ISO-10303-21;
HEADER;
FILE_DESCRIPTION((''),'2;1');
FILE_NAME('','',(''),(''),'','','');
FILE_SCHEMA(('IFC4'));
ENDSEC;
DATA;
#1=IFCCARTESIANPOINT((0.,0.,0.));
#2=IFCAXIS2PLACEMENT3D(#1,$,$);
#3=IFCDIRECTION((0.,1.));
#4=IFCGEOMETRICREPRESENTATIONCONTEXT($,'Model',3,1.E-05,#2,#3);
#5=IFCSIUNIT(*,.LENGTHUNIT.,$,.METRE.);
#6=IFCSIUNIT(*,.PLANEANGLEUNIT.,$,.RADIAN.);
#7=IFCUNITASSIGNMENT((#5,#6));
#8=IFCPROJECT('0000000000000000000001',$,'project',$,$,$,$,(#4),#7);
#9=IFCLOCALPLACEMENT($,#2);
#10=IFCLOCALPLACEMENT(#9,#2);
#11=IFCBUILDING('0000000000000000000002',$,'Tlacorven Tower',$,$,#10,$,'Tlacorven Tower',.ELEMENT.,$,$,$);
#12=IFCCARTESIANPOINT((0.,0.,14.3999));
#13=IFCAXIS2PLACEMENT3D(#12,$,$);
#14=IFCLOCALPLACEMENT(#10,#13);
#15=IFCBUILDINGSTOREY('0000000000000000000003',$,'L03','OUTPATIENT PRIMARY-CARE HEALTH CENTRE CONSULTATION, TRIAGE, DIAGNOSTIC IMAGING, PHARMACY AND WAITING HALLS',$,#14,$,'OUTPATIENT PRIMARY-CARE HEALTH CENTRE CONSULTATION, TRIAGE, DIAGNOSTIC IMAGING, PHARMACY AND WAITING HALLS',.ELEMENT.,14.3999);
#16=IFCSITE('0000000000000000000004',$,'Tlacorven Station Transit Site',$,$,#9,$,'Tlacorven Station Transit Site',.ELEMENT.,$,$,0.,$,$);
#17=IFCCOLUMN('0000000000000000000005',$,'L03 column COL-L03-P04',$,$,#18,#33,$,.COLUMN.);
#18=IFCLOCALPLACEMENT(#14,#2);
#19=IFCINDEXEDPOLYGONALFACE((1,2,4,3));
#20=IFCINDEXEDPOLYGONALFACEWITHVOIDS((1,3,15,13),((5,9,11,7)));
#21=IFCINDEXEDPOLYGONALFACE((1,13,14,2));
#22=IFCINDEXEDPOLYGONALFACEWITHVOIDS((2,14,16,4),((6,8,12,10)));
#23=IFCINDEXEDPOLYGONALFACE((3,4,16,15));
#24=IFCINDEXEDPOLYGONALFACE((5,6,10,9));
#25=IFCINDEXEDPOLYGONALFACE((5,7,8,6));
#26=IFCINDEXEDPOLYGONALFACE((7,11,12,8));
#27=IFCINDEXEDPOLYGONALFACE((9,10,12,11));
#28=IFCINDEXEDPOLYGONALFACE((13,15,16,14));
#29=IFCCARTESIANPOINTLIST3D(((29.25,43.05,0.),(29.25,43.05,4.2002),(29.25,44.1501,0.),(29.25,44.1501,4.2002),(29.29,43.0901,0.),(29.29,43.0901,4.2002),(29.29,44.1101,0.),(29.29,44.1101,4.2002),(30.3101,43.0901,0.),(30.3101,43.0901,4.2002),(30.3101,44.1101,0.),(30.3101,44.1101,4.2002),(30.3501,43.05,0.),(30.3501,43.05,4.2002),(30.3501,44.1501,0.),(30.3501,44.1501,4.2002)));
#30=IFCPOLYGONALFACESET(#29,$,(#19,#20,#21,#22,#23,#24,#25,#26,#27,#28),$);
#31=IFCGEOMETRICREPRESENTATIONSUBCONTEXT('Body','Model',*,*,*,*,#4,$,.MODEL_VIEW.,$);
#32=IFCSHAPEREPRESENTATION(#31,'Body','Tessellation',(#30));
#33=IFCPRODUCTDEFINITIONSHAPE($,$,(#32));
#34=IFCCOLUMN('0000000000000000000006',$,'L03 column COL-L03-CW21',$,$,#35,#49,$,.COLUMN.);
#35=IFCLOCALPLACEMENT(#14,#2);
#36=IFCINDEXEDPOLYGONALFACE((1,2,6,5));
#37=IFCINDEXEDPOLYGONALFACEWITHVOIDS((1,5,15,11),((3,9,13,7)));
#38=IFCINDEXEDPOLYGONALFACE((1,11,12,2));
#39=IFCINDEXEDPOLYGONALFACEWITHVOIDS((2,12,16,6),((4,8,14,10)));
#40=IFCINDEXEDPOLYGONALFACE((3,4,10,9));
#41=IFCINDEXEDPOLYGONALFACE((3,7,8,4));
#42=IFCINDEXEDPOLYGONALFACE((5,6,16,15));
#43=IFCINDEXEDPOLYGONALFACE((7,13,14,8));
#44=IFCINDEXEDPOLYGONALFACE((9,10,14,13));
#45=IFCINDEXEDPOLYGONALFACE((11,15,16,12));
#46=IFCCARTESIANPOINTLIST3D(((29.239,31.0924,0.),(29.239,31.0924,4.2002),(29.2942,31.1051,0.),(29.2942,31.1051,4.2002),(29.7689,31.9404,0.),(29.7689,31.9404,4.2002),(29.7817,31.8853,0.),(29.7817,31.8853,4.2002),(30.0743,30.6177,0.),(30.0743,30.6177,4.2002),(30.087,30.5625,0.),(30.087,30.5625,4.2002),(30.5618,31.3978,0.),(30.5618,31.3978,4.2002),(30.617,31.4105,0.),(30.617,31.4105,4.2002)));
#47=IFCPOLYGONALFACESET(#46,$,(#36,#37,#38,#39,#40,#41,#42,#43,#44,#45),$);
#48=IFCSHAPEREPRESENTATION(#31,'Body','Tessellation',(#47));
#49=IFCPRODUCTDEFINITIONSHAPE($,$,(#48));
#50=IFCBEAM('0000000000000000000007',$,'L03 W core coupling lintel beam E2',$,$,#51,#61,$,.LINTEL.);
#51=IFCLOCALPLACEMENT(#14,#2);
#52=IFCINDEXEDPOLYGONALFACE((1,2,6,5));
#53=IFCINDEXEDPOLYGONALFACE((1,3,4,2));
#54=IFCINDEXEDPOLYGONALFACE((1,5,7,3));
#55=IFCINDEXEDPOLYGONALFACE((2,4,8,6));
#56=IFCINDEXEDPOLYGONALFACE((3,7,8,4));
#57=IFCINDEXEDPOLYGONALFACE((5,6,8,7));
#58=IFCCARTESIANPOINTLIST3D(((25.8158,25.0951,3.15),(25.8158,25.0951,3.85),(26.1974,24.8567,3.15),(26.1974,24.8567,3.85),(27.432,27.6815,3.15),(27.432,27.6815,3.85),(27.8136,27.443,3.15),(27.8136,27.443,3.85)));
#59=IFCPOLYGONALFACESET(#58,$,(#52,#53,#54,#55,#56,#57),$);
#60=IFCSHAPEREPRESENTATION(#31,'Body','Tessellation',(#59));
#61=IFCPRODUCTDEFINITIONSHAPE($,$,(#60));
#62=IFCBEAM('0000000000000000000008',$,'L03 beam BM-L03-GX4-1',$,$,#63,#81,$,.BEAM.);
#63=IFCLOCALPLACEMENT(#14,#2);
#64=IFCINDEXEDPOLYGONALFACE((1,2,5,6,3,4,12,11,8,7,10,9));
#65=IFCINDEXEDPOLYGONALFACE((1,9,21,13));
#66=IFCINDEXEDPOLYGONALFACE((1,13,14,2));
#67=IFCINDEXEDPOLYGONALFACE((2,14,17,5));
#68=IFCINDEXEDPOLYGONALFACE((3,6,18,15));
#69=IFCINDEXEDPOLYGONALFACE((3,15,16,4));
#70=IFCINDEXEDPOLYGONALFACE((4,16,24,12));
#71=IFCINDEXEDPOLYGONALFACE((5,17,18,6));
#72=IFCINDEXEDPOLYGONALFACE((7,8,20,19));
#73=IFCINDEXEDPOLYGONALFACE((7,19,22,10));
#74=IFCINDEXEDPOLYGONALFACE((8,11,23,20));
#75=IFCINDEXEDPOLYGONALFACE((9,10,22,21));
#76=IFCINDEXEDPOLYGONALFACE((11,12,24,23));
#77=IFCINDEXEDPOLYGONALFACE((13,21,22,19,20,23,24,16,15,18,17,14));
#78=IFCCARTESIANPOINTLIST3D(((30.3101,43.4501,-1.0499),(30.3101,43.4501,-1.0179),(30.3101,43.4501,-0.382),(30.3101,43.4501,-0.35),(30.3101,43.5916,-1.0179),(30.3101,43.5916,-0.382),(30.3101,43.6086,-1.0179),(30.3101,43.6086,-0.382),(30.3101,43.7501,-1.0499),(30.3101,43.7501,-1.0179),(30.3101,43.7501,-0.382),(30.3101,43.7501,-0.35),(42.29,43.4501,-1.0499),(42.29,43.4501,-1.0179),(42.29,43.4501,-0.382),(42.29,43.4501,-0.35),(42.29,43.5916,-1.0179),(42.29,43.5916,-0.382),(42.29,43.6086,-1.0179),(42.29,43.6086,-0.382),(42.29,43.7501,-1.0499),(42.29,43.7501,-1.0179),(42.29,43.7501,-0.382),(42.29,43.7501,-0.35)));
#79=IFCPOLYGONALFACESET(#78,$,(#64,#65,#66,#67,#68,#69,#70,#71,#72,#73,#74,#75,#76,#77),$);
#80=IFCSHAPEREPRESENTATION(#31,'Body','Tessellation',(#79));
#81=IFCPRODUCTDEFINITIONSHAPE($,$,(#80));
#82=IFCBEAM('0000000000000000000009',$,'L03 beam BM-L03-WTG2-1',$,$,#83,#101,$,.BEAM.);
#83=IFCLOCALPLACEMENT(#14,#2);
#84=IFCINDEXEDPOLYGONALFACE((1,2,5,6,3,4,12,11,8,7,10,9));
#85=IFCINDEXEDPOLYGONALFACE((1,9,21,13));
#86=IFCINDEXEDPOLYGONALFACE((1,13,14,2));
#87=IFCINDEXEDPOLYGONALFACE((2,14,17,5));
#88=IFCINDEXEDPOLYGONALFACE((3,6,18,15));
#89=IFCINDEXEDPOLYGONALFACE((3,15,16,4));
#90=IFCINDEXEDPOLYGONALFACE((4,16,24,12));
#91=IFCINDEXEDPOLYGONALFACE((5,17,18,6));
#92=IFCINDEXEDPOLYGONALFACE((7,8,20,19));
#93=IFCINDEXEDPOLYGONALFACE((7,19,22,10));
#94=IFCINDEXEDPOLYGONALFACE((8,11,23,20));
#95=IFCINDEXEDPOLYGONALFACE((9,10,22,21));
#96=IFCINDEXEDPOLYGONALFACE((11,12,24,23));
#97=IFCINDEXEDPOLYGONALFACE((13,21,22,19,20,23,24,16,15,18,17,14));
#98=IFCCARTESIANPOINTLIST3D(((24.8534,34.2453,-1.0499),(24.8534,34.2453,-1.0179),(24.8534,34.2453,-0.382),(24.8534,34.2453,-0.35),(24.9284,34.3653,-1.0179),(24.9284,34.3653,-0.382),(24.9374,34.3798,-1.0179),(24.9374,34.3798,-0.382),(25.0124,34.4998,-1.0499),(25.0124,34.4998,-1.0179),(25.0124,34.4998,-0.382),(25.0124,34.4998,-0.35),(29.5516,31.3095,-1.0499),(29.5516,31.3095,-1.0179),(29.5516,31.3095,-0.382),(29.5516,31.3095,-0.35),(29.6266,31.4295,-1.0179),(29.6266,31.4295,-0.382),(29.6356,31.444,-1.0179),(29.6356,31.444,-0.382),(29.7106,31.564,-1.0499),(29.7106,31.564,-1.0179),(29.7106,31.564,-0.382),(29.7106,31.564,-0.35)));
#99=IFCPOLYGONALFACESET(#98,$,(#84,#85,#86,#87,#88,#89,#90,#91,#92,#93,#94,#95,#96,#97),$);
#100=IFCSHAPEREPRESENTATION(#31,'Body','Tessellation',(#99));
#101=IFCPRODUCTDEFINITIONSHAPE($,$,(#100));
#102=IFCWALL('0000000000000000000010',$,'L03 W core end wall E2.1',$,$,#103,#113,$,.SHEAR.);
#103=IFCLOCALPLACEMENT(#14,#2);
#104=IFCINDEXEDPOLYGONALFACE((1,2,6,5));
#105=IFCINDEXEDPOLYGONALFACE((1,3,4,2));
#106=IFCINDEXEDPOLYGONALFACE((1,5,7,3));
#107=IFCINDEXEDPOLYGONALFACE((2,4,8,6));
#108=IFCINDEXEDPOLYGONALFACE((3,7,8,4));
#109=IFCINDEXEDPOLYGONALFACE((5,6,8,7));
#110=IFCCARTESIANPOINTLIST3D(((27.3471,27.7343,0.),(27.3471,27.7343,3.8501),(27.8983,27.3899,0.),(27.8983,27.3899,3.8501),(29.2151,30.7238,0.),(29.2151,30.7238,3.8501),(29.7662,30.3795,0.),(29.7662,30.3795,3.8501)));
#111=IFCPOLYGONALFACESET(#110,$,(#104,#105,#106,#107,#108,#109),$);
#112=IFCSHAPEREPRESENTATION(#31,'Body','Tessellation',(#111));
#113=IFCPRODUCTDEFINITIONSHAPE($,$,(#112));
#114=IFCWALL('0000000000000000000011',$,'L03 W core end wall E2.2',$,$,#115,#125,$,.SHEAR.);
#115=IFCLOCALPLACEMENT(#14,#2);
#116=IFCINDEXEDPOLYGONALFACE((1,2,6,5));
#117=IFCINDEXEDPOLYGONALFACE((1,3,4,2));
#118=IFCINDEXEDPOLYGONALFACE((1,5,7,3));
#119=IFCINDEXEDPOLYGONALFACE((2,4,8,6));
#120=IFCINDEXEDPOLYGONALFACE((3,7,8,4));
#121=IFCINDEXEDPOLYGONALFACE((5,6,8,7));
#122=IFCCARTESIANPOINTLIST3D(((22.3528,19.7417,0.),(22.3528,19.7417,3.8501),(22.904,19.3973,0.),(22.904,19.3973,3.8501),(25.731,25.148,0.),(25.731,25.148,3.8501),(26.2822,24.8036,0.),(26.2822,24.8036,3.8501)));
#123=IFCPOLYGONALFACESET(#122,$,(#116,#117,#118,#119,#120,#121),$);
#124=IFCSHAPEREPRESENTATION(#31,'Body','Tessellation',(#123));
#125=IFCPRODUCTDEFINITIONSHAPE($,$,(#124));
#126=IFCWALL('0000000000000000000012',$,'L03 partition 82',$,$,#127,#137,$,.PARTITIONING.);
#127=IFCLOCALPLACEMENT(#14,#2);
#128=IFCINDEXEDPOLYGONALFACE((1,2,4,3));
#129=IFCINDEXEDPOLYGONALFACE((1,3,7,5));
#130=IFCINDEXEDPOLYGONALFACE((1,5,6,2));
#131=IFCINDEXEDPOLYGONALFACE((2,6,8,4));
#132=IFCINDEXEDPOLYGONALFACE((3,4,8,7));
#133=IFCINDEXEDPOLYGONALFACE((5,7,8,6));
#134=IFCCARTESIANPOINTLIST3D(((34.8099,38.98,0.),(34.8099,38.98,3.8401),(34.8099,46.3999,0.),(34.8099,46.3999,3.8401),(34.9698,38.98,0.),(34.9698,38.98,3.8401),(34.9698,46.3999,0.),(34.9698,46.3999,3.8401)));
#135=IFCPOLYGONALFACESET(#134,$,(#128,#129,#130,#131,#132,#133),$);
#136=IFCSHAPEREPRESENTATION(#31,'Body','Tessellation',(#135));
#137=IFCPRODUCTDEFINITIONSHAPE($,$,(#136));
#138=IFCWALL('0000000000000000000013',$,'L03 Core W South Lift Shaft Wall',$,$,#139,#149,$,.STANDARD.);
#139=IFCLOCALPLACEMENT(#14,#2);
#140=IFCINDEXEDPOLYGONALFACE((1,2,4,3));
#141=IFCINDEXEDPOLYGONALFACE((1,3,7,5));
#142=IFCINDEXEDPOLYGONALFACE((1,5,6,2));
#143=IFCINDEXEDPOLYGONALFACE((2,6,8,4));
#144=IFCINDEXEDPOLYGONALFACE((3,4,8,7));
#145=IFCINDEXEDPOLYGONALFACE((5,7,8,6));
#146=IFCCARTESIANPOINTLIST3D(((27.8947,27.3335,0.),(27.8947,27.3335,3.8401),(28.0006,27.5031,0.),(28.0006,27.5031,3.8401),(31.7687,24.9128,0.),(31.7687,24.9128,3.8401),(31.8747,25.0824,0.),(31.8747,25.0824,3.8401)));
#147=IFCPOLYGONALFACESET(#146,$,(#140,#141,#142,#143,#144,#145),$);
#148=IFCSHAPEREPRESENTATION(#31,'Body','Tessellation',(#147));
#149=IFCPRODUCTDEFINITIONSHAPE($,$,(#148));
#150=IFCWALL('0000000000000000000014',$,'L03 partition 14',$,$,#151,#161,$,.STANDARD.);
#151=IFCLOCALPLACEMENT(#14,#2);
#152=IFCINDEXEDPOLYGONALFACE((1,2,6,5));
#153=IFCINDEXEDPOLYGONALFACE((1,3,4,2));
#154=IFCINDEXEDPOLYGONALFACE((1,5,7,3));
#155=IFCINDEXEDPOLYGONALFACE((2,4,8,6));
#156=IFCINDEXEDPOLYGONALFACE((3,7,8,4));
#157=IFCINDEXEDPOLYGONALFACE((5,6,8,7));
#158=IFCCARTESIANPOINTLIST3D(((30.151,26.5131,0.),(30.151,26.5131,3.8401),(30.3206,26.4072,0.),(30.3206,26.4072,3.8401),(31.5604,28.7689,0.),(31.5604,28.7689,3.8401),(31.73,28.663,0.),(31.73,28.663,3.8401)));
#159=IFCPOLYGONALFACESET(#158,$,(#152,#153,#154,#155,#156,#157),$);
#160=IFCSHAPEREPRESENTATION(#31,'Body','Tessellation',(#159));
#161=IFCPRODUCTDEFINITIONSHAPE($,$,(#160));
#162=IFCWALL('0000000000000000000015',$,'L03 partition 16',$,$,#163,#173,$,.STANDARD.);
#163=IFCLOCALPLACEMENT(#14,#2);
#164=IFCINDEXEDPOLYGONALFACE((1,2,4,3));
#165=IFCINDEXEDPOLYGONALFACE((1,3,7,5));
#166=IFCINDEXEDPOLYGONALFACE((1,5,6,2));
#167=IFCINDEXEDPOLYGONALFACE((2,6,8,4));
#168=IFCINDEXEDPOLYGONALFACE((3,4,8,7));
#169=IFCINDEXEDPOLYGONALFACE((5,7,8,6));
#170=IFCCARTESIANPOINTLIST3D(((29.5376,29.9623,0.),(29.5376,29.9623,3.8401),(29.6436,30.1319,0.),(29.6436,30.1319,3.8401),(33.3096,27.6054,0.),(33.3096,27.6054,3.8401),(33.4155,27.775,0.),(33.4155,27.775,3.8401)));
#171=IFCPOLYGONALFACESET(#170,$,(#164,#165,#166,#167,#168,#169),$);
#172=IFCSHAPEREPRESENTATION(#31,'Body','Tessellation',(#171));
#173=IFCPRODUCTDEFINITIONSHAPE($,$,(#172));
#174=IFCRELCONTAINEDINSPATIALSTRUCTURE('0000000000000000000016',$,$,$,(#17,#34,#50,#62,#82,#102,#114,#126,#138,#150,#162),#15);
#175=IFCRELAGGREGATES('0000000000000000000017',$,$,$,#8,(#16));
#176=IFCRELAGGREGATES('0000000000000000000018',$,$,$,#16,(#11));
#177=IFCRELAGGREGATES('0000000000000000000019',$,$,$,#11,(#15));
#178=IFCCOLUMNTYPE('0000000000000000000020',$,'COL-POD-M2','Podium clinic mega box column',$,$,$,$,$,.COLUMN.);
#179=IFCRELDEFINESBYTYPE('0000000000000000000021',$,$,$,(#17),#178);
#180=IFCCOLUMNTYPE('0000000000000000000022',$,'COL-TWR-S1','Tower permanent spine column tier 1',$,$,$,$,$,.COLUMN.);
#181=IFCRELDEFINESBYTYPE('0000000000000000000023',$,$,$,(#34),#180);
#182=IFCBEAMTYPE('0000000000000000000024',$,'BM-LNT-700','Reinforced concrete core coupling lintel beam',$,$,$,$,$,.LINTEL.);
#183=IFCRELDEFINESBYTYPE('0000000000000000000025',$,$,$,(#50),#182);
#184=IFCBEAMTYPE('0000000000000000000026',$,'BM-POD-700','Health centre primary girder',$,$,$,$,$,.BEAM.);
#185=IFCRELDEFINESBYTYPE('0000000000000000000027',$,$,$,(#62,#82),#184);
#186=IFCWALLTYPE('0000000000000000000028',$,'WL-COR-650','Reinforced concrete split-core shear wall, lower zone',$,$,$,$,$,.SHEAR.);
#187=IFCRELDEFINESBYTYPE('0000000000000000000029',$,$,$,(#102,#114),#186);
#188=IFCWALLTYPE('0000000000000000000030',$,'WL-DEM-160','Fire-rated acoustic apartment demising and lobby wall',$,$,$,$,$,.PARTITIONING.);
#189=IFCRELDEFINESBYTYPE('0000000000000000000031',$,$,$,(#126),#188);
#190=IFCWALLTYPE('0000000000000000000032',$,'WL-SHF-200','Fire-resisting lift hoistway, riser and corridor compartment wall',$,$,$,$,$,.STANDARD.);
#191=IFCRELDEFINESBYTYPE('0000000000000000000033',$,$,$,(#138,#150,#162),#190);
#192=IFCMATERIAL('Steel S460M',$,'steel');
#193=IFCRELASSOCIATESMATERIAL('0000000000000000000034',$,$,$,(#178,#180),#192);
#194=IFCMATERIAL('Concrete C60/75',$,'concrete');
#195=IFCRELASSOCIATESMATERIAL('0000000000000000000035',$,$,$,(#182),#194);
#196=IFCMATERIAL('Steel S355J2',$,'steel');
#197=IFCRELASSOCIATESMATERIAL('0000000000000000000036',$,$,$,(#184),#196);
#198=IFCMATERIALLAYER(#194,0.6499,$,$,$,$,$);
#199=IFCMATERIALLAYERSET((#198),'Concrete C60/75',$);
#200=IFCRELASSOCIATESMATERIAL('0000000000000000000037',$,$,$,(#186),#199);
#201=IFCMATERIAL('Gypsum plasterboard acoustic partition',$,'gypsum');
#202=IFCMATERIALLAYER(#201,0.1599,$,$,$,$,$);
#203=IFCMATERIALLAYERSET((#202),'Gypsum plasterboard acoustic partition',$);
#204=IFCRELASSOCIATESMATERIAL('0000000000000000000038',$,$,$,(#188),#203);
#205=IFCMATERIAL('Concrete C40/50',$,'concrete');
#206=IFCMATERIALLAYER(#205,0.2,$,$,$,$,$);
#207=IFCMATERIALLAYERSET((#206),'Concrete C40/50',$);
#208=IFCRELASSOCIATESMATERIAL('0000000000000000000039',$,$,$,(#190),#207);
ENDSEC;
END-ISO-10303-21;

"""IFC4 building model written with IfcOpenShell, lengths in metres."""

from ifc_helpers import new_model, si_unit, direction, frame, frame_2d, origin, origin_2d, place, context, subcontext, project, spatial, rectangle, hollow_rectangle, i_section, extrude, source, transform, mapped, material, layer, layer_set, material_profile, profile_set, type_object, element, save


model = new_model("IFC4")

# Units and contexts
model_context = context("Model", 3, precision=1e-05, world=origin(), true_north=direction((0.0, 1.0)))
body_context = subcontext(model_context, "Body", "Model", "MODEL_VIEW")
ifc_project = project(units=[si_unit("LENGTHUNIT", "METRE"), si_unit("PLANEANGLEUNIT", "RADIAN")], contexts=[model_context])

# Site, building, storey
site_placement = place(None, origin())
site = spatial("IfcSite", under=ifc_project, at=site_placement, Name="Tlacorven Station Transit Site", LongName="Tlacorven Station Transit Site", CompositionType="ELEMENT", RefElevation=0.0)
building_placement = place(site_placement, origin())
building = spatial("IfcBuilding", under=site, at=building_placement, Name="Tlacorven Tower", LongName="Tlacorven Tower", CompositionType="ELEMENT")
storey_placement = place(building_placement, frame((0.0, 0.0, 14.3999)))
storey = spatial("IfcBuildingStorey", under=building, at=storey_placement, Name="L03", Description="OUTPATIENT PRIMARY-CARE HEALTH CENTRE CONSULTATION, TRIAGE, DIAGNOSTIC IMAGING, PHARMACY AND WAITING HALLS", LongName="OUTPATIENT PRIMARY-CARE HEALTH CENTRE CONSULTATION, TRIAGE, DIAGNOSTIC IMAGING, PHARMACY AND WAITING HALLS", CompositionType="ELEMENT", Elevation=14.3999)

# Columns
ifc_material_1 = material(Name="Steel S460M", Category="steel")
ifc_material_profile_1 = material_profile(ifc_material_1, hollow_rectangle(XDim=1.1001, YDim=1.1001, WallThickness=0.04, at=origin_2d()), Name="BOX 1100X1100X40")
ifc_profile_set_1 = profile_set([ifc_material_profile_1], Name="Steel S460M")
column_type_1 = type_object("IfcColumnType", Name="COL-POD-M2", Description="Podium clinic mega box column", PredefinedType="COLUMN", material=ifc_profile_set_1)
shared_shape_1 = source(origin(), body_context, "Body", "SweptSolid", [
    extrude(hollow_rectangle(XDim=1.1001, YDim=1.1001, WallThickness=0.04, at=origin_2d()), origin(), (0.0, 0.0, 1.0), 4.2002),
])
column_1_placement = place(storey_placement, frame((29.8, 43.6001, 0.0), z_axis=(0.0, 0.0, 1.0), x_axis=(1.0, 0.0, 0.0)))
element("IfcColumn", 1, at=column_1_placement, inside=storey, type_object=column_type_1, Name="L03 column COL-L03-P04", PredefinedType="COLUMN", context=body_context, shape_type="MappedRepresentation", body=[
    mapped(shared_shape_1, transform((0.0, 0.0, 0.0), scale=1.0)),
])
ifc_material_profile_2 = material_profile(ifc_material_1, hollow_rectangle(XDim=1.0, YDim=1.0, WallThickness=0.04, at=origin_2d()), Name="BOX 1000X1000X40")
ifc_profile_set_2 = profile_set([ifc_material_profile_2], Name="Steel S460M")
column_type_2 = type_object("IfcColumnType", Name="COL-TWR-S1", Description="Tower permanent spine column tier 1", PredefinedType="COLUMN", material=ifc_profile_set_2)
shared_shape_2 = source(origin(), body_context, "Body", "SweptSolid", [
    extrude(hollow_rectangle(XDim=1.0, YDim=1.0, WallThickness=0.04, at=origin_2d()), origin(), (0.0, 0.0, 1.0), 4.2002),
])
column_2_placement = place(storey_placement, frame((29.928, 31.2515, 0.0), z_axis=(0.0, 0.0, 1.0), x_axis=(-0.848048, 0.529919, 0.0)))
element("IfcColumn", 2, at=column_2_placement, inside=storey, type_object=column_type_2, Name="L03 column COL-L03-CW21", PredefinedType="COLUMN", context=body_context, shape_type="MappedRepresentation", body=[
    mapped(shared_shape_2, transform((0.0, 0.0, 0.0), scale=1.0)),
])

# Beams
ifc_material_2 = material(Name="Concrete C60/75", Category="concrete")
ifc_material_profile_3 = material_profile(ifc_material_2, rectangle(XDim=0.45, YDim=0.7, at=origin_2d()), Name="RC 450X700")
ifc_profile_set_3 = profile_set([ifc_material_profile_3], Name="Concrete C60/75")
beam_type_1 = type_object("IfcBeamType", Name="BM-LNT-700", Description="Reinforced concrete core coupling lintel beam", PredefinedType="LINTEL", material=ifc_profile_set_3)
shared_shape_3 = source(origin(), body_context, "Body", "SweptSolid", [
    extrude(rectangle(XDim=0.45, YDim=0.7, at=origin_2d()), origin(), (0.0, 0.0, 1.0), 3.0498),
])
beam_1_placement = place(storey_placement, frame((27.6228, 27.5623, 3.5), z_axis=(-0.529927, -0.848043, 0.0), x_axis=(0.848043, -0.529927, 0.0)))
element("IfcBeam", 3, at=beam_1_placement, inside=storey, type_object=beam_type_1, Name="L03 W core coupling lintel beam E2", PredefinedType="LINTEL", context=body_context, shape_type="MappedRepresentation", body=[
    mapped(shared_shape_3, transform((0.0, 0.0, 0.0), scale=1.0)),
])
ifc_material_3 = material(Name="Steel S355J2", Category="steel")
ifc_material_profile_4 = material_profile(ifc_material_3, i_section(OverallWidth=0.3, OverallDepth=0.7, WebThickness=0.0171, FlangeThickness=0.032, at=origin_2d()), Name="HEB 700")
ifc_profile_set_4 = profile_set([ifc_material_profile_4], Name="Steel S355J2")
beam_type_2 = type_object("IfcBeamType", Name="BM-POD-700", Description="Health centre primary girder", PredefinedType="BEAM", material=ifc_profile_set_4)
shared_shape_4 = source(origin(), body_context, "Body", "SweptSolid", [
    extrude(i_section(OverallWidth=0.3, OverallDepth=0.7, WebThickness=0.0171, FlangeThickness=0.032, at=origin_2d()), origin(), (0.0, 0.0, 1.0), 11.98),
])
beam_2_placement = place(storey_placement, frame((30.3101, 43.6001, -0.7), z_axis=(1.0, 0.0, 0.0), x_axis=(0.0, 1.0, 0.0)))
element("IfcBeam", 4, at=beam_2_placement, inside=storey, type_object=beam_type_2, Name="L03 beam BM-L03-GX4-1", PredefinedType="BEAM", context=body_context, shape_type="MappedRepresentation", body=[
    mapped(shared_shape_4, transform((0.0, 0.0, 0.0), scale=1.0)),
])
shared_shape_5 = source(origin(), body_context, "Body", "SweptSolid", [
    extrude(i_section(OverallWidth=0.3, OverallDepth=0.7, WebThickness=0.0171, FlangeThickness=0.032, at=origin_2d()), origin(), (0.0, 0.0, 1.0), 5.54),
])
beam_3_placement = place(storey_placement, frame((29.6311, 31.4368, -0.7), z_axis=(-0.848048, 0.52992, 0.0), x_axis=(-0.52992, -0.848048, 0.0)))
element("IfcBeam", 5, at=beam_3_placement, inside=storey, type_object=beam_type_2, Name="L03 beam BM-L03-WTG2-1", PredefinedType="BEAM", context=body_context, shape_type="MappedRepresentation", body=[
    mapped(shared_shape_5, transform((0.0, 0.0, 0.0), scale=1.0)),
])

# Walls
ifc_layer_1 = layer(ifc_material_2, 0.6499)
ifc_layer_set_1 = layer_set([ifc_layer_1], Name="Concrete C60/75")
wall_type_1 = type_object("IfcWallType", Name="WL-COR-650", Description="Reinforced concrete split-core shear wall, lower zone", PredefinedType="SHEAR", material=ifc_layer_set_1)
wall_1_placement = place(storey_placement, frame((29.4907, 30.5518, 0.0), z_axis=(0.0, 0.0, 1.0), x_axis=(-0.529893, -0.848064, 0.0)))
element("IfcWall", 6, at=wall_1_placement, inside=storey, type_object=wall_type_1, Name="L03 W core end wall E2.1", PredefinedType="SHEAR", context=body_context, shape_type="SweptSolid", body=[
    extrude(rectangle(XDim=3.5251, YDim=0.6499, at=frame_2d((1.7627, 0.0))), origin(), (0.0, 0.0, 1.0), 3.8501),
])
wall_2_placement = place(storey_placement, frame((26.0066, 24.9758, 0.0), z_axis=(0.0, 0.0, 1.0), x_axis=(-0.529916, -0.84805, 0.0)))
element("IfcWall", 7, at=wall_2_placement, inside=storey, type_object=wall_type_1, Name="L03 W core end wall E2.2", PredefinedType="SHEAR", context=body_context, shape_type="SweptSolid", body=[
    extrude(rectangle(XDim=6.375, YDim=0.6499, at=frame_2d((3.1875, 0.0))), origin(), (0.0, 0.0, 1.0), 3.8501),
])
ifc_material_4 = material(Name="Gypsum plasterboard acoustic partition", Category="gypsum")
ifc_layer_2 = layer(ifc_material_4, 0.1599)
ifc_layer_set_2 = layer_set([ifc_layer_2], Name="Gypsum plasterboard acoustic partition")
wall_type_2 = type_object("IfcWallType", Name="WL-DEM-160", Description="Fire-rated acoustic apartment demising and lobby wall", PredefinedType="PARTITIONING", material=ifc_layer_set_2)
wall_3_placement = place(storey_placement, frame((34.8899, 38.98, 0.0), z_axis=(0.0, 0.0, 1.0), x_axis=(0.0, 1.0, 0.0)))
element("IfcWall", 8, at=wall_3_placement, inside=storey, type_object=wall_type_2, Name="L03 partition 82", PredefinedType="PARTITIONING", context=body_context, shape_type="SweptSolid", body=[
    extrude(rectangle(XDim=7.4199, YDim=0.1599, at=frame_2d((3.71, 0.0))), origin(), (0.0, 0.0, 1.0), 3.8401),
])
ifc_material_5 = material(Name="Concrete C40/50", Category="concrete")
ifc_layer_3 = layer(ifc_material_5, 0.2)
ifc_layer_set_3 = layer_set([ifc_layer_3], Name="Concrete C40/50")
wall_type_3 = type_object("IfcWallType", Name="WL-SHF-200", Description="Fire-resisting lift hoistway, riser and corridor compartment wall", PredefinedType="STANDARD", material=ifc_layer_set_3)
wall_4_placement = place(storey_placement, frame((31.8218, 24.9976, 0.0), z_axis=(0.0, 0.0, 1.0), x_axis=(-0.848058, 0.529903, 0.0)))
element("IfcWall", 9, at=wall_4_placement, inside=storey, type_object=wall_type_3, Name="L03 Core W South Lift Shaft Wall", PredefinedType="STANDARD", context=body_context, shape_type="SweptSolid", body=[
    extrude(rectangle(XDim=4.5681, YDim=0.2, at=frame_2d((2.2842, 0.0))), origin(), (0.0, 0.0, 1.0), 3.8401),
])
wall_5_placement = place(storey_placement, frame((31.6453, 28.7161, 0.0), z_axis=(0.0, 0.0, 1.0), x_axis=(-0.529867, -0.848081, 0.0)))
element("IfcWall", 10, at=wall_5_placement, inside=storey, type_object=wall_type_3, Name="L03 partition 14", PredefinedType="STANDARD", context=body_context, shape_type="SweptSolid", body=[
    extrude(rectangle(XDim=2.6599, YDim=0.2, at=frame_2d((1.3301, 0.0))), origin(), (0.0, 0.0, 1.0), 3.8401),
])
wall_6_placement = place(storey_placement, frame((33.3625, 27.6902, 0.0), z_axis=(0.0, 0.0, 1.0), x_axis=(-0.848054, 0.52991, 0.0)))
element("IfcWall", 11, at=wall_6_placement, inside=storey, type_object=wall_type_3, Name="L03 partition 16", PredefinedType="STANDARD", context=body_context, shape_type="SweptSolid", body=[
    extrude(rectangle(XDim=4.4478, YDim=0.2, at=frame_2d((2.2239, 0.0))), origin(), (0.0, 0.0, 1.0), 3.8401),
])

save(model, "model.ifc")
